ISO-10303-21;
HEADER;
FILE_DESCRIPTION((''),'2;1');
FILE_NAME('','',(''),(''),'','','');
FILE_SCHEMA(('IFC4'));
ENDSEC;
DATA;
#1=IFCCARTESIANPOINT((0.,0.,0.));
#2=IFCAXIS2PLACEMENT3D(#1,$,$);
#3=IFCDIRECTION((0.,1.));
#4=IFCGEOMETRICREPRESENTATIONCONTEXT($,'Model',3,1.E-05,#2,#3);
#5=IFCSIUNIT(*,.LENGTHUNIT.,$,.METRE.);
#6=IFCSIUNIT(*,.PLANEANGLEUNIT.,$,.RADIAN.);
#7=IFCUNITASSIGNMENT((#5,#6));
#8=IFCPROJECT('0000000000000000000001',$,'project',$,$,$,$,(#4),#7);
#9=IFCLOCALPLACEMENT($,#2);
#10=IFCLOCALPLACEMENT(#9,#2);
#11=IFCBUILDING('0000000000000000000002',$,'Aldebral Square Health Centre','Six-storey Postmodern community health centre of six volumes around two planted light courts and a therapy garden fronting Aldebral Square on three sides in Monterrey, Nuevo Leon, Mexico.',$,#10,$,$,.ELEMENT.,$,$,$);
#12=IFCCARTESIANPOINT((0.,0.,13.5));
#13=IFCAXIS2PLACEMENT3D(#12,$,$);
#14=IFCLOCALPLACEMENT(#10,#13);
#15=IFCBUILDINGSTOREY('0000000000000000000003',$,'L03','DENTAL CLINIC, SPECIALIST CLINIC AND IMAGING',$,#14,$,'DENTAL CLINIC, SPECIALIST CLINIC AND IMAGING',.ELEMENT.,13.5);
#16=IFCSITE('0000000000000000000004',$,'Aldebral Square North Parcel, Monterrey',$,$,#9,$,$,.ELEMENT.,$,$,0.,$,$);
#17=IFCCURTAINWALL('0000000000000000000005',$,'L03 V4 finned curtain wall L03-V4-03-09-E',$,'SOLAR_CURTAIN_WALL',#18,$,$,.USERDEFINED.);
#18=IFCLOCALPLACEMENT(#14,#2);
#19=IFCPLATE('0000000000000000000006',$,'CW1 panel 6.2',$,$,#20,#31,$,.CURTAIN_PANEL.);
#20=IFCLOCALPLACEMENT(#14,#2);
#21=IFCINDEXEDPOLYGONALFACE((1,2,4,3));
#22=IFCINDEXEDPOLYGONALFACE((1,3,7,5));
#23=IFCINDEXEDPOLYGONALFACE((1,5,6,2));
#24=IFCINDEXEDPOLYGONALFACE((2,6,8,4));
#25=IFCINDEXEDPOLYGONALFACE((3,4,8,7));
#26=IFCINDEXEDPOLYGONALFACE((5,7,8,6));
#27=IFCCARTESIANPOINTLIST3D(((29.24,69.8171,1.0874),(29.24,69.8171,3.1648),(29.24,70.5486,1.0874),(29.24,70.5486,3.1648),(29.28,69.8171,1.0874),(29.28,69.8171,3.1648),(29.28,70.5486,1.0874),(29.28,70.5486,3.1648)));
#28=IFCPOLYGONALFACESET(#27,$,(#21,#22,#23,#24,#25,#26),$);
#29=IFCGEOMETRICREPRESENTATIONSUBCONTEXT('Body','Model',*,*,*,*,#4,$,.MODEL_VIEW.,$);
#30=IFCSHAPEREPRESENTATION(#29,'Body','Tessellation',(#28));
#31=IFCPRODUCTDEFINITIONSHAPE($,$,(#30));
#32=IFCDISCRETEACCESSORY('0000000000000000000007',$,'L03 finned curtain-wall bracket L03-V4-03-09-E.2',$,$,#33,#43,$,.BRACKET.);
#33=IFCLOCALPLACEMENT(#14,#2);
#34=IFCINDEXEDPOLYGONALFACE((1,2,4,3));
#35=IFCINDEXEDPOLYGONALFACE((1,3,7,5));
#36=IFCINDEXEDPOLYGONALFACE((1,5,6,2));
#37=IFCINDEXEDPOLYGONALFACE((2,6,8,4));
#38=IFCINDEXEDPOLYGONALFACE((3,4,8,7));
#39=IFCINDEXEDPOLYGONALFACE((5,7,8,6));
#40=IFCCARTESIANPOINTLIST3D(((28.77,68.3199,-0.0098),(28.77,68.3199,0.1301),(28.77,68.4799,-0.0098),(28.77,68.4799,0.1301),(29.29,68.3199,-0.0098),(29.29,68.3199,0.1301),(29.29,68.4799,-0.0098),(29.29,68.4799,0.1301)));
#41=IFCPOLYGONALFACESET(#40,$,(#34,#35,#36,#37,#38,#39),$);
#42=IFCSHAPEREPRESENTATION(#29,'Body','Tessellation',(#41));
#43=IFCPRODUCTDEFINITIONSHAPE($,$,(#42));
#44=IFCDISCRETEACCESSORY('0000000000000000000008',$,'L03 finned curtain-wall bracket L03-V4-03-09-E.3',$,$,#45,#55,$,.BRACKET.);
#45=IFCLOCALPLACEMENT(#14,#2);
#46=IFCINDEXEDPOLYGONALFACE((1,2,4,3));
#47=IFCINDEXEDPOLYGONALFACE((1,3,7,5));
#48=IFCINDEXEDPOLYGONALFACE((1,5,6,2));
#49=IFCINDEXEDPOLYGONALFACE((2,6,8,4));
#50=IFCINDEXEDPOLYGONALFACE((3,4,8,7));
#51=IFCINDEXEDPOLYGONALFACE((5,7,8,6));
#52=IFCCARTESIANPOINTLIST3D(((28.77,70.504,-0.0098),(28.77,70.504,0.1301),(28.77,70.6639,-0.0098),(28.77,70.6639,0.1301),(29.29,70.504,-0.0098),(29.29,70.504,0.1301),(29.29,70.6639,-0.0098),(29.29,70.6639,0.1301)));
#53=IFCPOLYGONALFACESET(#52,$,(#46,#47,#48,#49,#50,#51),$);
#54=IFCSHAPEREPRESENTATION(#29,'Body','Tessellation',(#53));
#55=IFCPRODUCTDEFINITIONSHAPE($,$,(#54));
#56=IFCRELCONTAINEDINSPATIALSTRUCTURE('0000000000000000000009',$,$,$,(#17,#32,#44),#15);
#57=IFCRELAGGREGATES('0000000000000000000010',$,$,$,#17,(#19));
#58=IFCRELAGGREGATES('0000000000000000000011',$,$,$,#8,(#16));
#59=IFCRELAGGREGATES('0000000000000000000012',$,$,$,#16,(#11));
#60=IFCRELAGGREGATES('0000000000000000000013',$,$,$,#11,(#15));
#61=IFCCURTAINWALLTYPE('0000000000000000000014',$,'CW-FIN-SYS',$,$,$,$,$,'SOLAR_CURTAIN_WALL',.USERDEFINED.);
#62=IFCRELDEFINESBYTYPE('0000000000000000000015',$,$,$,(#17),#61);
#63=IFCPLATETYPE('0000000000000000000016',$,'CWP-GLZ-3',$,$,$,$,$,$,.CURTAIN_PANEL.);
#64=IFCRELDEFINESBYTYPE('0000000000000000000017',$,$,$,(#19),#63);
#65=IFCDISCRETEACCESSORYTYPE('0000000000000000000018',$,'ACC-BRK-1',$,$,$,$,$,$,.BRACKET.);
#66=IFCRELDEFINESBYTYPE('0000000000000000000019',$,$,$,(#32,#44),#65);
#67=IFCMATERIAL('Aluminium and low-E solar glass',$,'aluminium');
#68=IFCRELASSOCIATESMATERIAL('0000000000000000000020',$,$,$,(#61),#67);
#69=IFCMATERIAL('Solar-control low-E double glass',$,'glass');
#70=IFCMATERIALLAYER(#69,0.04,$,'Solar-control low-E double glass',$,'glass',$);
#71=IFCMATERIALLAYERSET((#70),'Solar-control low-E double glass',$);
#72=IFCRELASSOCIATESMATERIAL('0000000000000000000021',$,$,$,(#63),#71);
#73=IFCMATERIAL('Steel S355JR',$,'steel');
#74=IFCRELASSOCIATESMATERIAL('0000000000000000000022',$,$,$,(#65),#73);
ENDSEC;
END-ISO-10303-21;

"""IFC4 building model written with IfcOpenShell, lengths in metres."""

from ifc_helpers import new_model, si_unit, direction, frame, origin, origin_2d, place, context, subcontext, project, spatial, rectangle, extrude, material, layer, layer_set, type_object, element, aggregate, save


model = new_model("IFC4")

# Units and contexts
model_context = context("Model", 3, precision=1e-05, world=origin(), true_north=direction((0.0, 1.0)))
body_context = subcontext(model_context, "Body", "Model", "MODEL_VIEW")
ifc_project = project(units=[si_unit("LENGTHUNIT", "METRE"), si_unit("PLANEANGLEUNIT", "RADIAN")], contexts=[model_context])

# Site, building, storey
site_placement = place(None, origin())
site = spatial("IfcSite", under=ifc_project, at=site_placement, Name="Aldebral Square North Parcel, Monterrey", CompositionType="ELEMENT", RefElevation=0.0)
building_placement = place(site_placement, origin())
building = spatial("IfcBuilding", under=site, at=building_placement, Name="Aldebral Square Health Centre", Description="Six-storey Postmodern community health centre of six volumes around two planted light courts and a therapy garden fronting Aldebral Square on three sides in Monterrey, Nuevo Leon, Mexico.", CompositionType="ELEMENT")
storey_placement = place(building_placement, frame((0.0, 0.0, 13.5)))
storey = spatial("IfcBuildingStorey", under=building, at=storey_placement, Name="L03", Description="DENTAL CLINIC, SPECIALIST CLINIC AND IMAGING", LongName="DENTAL CLINIC, SPECIALIST CLINIC AND IMAGING", CompositionType="ELEMENT", Elevation=13.5)

# Curtain wall, plate
ifc_material_1 = material(Name="Aluminium and low-E solar glass", Category="aluminium")
curtain_wall_type = type_object("IfcCurtainWallType", Name="CW-FIN-SYS", ElementType="SOLAR_CURTAIN_WALL", PredefinedType="USERDEFINED", material=ifc_material_1)
curtain_wall_placement = place(storey_placement, origin())
curtain_wall = element("IfcCurtainWall", 1, at=curtain_wall_placement, inside=storey, type_object=curtain_wall_type, Name="L03 V4 finned curtain wall L03-V4-03-09-E", ObjectType="SOLAR_CURTAIN_WALL", PredefinedType="USERDEFINED")
ifc_material_2 = material(Name="Solar-control low-E double glass", Category="glass")
ifc_layer = layer(ifc_material_2, 0.04, Name="Solar-control low-E double glass", Category="glass")
ifc_layer_set = layer_set([ifc_layer], Name="Solar-control low-E double glass")
plate_type = type_object("IfcPlateType", Name="CWP-GLZ-3", PredefinedType="CURTAIN_PANEL", material=ifc_layer_set)
plate_1_placement = place(storey_placement, frame((29.26, 70.1829, 1.0874), z_axis=(0.0, 0.0, 1.0), x_axis=(0.0, 1.0, 0.0)))
plate_1 = element("IfcPlate", 2, at=plate_1_placement, type_object=plate_type, Name="CW1 panel 6.2", PredefinedType="CURTAIN_PANEL", context=body_context, shape_type="SweptSolid", body=[
    extrude(rectangle(XDim=0.7314, YDim=0.04, at=origin_2d()), origin(), (0.0, 0.0, 1.0), 2.0774),
])
aggregate(curtain_wall, [plate_1])

# Discrete accessories
ifc_material_3 = material(Name="Steel S355JR", Category="steel")
discrete_accessory_type = type_object("IfcDiscreteAccessoryType", Name="ACC-BRK-1", PredefinedType="BRACKET", material=ifc_material_3)
for number, where, z_axis, x_axis, name in (
    (3, (29.03, 68.3999, -0.0098), (0.0, 0.0, 1.0), (0.0, 1.0, 0.0), "L03 finned curtain-wall bracket L03-V4-03-09-E.2"),
    (4, (29.03, 70.584, -0.0098), (0.0, 0.0, 1.0), (0.0, 1.0, 0.0), "L03 finned curtain-wall bracket L03-V4-03-09-E.3"),
):
    element("IfcDiscreteAccessory", number, at=place(storey_placement, frame(where, z_axis=z_axis, x_axis=x_axis)), inside=storey, type_object=discrete_accessory_type, Name=name, PredefinedType="BRACKET", context=body_context, shape_type="SweptSolid", body=[
        extrude(rectangle(XDim=0.1599, YDim=0.52, at=origin_2d()), origin(), (0.0, 0.0, 1.0), 0.1399),
    ])

save(model, "model.ifc")
